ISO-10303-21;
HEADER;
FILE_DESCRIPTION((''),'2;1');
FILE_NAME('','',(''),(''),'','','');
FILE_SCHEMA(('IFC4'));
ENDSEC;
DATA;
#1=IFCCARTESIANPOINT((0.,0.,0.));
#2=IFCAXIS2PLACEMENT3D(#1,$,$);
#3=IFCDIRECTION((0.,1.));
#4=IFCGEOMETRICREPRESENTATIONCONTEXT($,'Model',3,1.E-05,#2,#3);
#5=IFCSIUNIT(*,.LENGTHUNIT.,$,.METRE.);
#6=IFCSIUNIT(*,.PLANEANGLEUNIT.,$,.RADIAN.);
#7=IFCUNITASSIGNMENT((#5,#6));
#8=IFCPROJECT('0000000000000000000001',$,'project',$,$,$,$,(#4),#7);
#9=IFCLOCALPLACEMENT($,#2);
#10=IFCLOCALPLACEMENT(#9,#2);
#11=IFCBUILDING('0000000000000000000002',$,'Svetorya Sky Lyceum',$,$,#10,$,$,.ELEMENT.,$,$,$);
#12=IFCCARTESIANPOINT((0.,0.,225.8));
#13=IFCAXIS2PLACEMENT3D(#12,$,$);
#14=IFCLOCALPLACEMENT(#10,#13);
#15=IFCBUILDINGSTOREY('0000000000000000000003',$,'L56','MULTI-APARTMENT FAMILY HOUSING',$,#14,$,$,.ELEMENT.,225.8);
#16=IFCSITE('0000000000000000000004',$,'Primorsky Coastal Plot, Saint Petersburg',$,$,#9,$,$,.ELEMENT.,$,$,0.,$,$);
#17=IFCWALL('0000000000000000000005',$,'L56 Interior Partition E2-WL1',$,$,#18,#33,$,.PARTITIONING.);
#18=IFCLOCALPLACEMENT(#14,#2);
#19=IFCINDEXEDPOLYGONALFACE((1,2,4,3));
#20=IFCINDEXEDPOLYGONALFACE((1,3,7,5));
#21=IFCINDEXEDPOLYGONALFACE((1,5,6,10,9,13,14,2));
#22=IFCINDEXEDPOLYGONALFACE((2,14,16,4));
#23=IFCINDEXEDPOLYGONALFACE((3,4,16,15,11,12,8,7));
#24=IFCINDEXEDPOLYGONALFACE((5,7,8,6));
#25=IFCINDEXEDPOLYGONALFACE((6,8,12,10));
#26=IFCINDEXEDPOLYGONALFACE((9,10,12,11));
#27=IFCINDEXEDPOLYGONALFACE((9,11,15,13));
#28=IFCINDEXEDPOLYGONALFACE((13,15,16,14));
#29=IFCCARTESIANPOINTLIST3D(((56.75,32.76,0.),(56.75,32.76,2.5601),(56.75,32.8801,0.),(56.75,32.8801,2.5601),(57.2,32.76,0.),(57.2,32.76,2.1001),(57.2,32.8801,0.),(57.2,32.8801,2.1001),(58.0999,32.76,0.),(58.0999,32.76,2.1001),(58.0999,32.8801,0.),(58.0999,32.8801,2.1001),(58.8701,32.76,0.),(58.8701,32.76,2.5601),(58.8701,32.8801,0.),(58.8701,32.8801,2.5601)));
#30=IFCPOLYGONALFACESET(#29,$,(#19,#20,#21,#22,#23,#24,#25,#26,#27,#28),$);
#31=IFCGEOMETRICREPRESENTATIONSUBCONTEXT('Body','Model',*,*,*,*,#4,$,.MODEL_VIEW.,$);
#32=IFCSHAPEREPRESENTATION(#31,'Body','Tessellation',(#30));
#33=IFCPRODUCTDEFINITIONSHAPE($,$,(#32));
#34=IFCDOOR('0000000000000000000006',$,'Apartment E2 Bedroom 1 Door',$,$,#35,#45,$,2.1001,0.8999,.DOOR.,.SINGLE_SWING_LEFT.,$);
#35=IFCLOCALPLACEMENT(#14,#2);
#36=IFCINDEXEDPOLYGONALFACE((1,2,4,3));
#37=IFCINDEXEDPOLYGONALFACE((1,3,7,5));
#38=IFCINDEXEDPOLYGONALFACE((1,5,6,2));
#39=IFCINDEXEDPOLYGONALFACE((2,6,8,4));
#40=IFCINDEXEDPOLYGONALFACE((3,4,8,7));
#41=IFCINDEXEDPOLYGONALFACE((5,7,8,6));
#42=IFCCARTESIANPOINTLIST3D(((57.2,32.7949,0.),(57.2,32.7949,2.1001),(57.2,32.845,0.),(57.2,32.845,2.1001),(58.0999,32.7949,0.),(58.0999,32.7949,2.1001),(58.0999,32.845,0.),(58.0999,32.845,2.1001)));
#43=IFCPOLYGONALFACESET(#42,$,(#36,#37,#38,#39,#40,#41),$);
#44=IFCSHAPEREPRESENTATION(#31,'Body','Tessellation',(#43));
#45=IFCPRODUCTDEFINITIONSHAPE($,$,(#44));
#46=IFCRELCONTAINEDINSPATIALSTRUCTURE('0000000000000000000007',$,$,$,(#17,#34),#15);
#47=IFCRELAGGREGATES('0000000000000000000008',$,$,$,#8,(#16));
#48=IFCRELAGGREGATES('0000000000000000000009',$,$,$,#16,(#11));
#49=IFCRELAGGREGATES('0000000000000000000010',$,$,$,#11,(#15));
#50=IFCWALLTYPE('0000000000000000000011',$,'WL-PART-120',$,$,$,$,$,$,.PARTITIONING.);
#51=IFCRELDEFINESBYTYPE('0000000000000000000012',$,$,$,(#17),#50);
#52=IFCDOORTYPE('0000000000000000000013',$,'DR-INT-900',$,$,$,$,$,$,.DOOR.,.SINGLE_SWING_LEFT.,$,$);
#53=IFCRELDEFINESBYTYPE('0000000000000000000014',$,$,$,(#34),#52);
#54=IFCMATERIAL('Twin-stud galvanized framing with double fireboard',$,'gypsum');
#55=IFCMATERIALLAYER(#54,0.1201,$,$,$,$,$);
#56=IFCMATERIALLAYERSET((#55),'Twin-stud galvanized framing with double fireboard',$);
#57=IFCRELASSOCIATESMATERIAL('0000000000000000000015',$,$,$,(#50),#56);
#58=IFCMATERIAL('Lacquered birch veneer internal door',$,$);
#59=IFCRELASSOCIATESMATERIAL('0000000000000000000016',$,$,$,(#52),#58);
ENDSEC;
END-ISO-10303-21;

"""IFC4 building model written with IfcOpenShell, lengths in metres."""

from ifc_helpers import new_model, si_unit, direction, frame, frame_2d, origin, place, context, subcontext, project, spatial, rectangle, extrude, material, layer, layer_set, type_object, element, fill, save


model = new_model("IFC4")

# Units and contexts
model_context = context("Model", 3, precision=1e-05, world=origin(), true_north=direction((0.0, 1.0)))
body_context = subcontext(model_context, "Body", "Model", "MODEL_VIEW")
ifc_project = project(units=[si_unit("LENGTHUNIT", "METRE"), si_unit("PLANEANGLEUNIT", "RADIAN")], contexts=[model_context])

# Site, building, storey
site_placement = place(None, origin())
site = spatial("IfcSite", under=ifc_project, at=site_placement, Name="Primorsky Coastal Plot, Saint Petersburg", CompositionType="ELEMENT", RefElevation=0.0)
building_placement = place(site_placement, origin())
building = spatial("IfcBuilding", under=site, at=building_placement, Name="Svetorya Sky Lyceum", CompositionType="ELEMENT")
storey_placement = place(building_placement, frame((0.0, 0.0, 225.8)))
storey = spatial("IfcBuildingStorey", under=building, at=storey_placement, Name="L56", Description="MULTI-APARTMENT FAMILY HOUSING", CompositionType="ELEMENT", Elevation=225.8)

# Shared definitions
ifc_material_1 = material(Name="Twin-stud galvanized framing with double fireboard", Category="gypsum")
ifc_layer_1 = layer(ifc_material_1, 0.1201)
ifc_layer_set_1 = layer_set([ifc_layer_1], Name="Twin-stud galvanized framing with double fireboard")
wall_type_1 = type_object("IfcWallType", Name="WL-PART-120", PredefinedType="PARTITIONING", material=ifc_layer_set_1)

# Wall, opening, door
wall_1_placement = place(storey_placement, frame((56.75, 32.8201, 0.0), z_axis=(0.0, 0.0, 1.0), x_axis=(1.0, 0.0, 0.0)))
wall_1 = element("IfcWall", 1, at=wall_1_placement, inside=storey, type_object=wall_type_1, Name="L56 Interior Partition E2-WL1", PredefinedType="PARTITIONING", context=body_context, shape_type="SweptSolid", body=[
    extrude(rectangle(XDim=2.1201, YDim=0.1201, at=frame_2d((1.0601, 0.0))), origin(), (0.0, 0.0, 1.0), 2.5601),
])
opening_1_placement = place(wall_1_placement, frame((0.45, 0.0, 0.0)))
opening_1 = element("IfcOpeningElement", 2, at=opening_1_placement, cuts=wall_1, PredefinedType="OPENING", context=body_context, shape_type="SweptSolid", body=[
    extrude(rectangle(XDim=0.8999, YDim=2.1001, at=frame_2d((0.45, 1.05))), frame((0.0, 0.0701, 0.0), z_axis=(0.0, -1.0, 0.0), x_axis=(1.0, 0.0, 0.0)), (0.0, 0.0, 1.0), 0.1401),
])
ifc_material_2 = material(Name="Lacquered birch veneer internal door")
door_type_1 = type_object("IfcDoorType", Name="DR-INT-900", OperationType="SINGLE_SWING_LEFT", PredefinedType="DOOR", material=ifc_material_2)
door_1_placement = place(opening_1_placement, origin())
door_1 = element("IfcDoor", 3, at=door_1_placement, inside=storey, type_object=door_type_1, Name="Apartment E2 Bedroom 1 Door", OperationType="SINGLE_SWING_LEFT", OverallHeight=2.1001, OverallWidth=0.8999, PredefinedType="DOOR", context=body_context, shape_type="SweptSolid", body=[
    extrude(rectangle(XDim=0.8999, YDim=2.1001, at=frame_2d((0.45, 1.05))), frame((0.0, 0.0249, 0.0), z_axis=(0.0, -1.0, 0.0), x_axis=(1.0, 0.0, 0.0)), (0.0, 0.0, 1.0), 0.05),
])
fill(opening_1, door_1)

save(model, "model.ifc")
